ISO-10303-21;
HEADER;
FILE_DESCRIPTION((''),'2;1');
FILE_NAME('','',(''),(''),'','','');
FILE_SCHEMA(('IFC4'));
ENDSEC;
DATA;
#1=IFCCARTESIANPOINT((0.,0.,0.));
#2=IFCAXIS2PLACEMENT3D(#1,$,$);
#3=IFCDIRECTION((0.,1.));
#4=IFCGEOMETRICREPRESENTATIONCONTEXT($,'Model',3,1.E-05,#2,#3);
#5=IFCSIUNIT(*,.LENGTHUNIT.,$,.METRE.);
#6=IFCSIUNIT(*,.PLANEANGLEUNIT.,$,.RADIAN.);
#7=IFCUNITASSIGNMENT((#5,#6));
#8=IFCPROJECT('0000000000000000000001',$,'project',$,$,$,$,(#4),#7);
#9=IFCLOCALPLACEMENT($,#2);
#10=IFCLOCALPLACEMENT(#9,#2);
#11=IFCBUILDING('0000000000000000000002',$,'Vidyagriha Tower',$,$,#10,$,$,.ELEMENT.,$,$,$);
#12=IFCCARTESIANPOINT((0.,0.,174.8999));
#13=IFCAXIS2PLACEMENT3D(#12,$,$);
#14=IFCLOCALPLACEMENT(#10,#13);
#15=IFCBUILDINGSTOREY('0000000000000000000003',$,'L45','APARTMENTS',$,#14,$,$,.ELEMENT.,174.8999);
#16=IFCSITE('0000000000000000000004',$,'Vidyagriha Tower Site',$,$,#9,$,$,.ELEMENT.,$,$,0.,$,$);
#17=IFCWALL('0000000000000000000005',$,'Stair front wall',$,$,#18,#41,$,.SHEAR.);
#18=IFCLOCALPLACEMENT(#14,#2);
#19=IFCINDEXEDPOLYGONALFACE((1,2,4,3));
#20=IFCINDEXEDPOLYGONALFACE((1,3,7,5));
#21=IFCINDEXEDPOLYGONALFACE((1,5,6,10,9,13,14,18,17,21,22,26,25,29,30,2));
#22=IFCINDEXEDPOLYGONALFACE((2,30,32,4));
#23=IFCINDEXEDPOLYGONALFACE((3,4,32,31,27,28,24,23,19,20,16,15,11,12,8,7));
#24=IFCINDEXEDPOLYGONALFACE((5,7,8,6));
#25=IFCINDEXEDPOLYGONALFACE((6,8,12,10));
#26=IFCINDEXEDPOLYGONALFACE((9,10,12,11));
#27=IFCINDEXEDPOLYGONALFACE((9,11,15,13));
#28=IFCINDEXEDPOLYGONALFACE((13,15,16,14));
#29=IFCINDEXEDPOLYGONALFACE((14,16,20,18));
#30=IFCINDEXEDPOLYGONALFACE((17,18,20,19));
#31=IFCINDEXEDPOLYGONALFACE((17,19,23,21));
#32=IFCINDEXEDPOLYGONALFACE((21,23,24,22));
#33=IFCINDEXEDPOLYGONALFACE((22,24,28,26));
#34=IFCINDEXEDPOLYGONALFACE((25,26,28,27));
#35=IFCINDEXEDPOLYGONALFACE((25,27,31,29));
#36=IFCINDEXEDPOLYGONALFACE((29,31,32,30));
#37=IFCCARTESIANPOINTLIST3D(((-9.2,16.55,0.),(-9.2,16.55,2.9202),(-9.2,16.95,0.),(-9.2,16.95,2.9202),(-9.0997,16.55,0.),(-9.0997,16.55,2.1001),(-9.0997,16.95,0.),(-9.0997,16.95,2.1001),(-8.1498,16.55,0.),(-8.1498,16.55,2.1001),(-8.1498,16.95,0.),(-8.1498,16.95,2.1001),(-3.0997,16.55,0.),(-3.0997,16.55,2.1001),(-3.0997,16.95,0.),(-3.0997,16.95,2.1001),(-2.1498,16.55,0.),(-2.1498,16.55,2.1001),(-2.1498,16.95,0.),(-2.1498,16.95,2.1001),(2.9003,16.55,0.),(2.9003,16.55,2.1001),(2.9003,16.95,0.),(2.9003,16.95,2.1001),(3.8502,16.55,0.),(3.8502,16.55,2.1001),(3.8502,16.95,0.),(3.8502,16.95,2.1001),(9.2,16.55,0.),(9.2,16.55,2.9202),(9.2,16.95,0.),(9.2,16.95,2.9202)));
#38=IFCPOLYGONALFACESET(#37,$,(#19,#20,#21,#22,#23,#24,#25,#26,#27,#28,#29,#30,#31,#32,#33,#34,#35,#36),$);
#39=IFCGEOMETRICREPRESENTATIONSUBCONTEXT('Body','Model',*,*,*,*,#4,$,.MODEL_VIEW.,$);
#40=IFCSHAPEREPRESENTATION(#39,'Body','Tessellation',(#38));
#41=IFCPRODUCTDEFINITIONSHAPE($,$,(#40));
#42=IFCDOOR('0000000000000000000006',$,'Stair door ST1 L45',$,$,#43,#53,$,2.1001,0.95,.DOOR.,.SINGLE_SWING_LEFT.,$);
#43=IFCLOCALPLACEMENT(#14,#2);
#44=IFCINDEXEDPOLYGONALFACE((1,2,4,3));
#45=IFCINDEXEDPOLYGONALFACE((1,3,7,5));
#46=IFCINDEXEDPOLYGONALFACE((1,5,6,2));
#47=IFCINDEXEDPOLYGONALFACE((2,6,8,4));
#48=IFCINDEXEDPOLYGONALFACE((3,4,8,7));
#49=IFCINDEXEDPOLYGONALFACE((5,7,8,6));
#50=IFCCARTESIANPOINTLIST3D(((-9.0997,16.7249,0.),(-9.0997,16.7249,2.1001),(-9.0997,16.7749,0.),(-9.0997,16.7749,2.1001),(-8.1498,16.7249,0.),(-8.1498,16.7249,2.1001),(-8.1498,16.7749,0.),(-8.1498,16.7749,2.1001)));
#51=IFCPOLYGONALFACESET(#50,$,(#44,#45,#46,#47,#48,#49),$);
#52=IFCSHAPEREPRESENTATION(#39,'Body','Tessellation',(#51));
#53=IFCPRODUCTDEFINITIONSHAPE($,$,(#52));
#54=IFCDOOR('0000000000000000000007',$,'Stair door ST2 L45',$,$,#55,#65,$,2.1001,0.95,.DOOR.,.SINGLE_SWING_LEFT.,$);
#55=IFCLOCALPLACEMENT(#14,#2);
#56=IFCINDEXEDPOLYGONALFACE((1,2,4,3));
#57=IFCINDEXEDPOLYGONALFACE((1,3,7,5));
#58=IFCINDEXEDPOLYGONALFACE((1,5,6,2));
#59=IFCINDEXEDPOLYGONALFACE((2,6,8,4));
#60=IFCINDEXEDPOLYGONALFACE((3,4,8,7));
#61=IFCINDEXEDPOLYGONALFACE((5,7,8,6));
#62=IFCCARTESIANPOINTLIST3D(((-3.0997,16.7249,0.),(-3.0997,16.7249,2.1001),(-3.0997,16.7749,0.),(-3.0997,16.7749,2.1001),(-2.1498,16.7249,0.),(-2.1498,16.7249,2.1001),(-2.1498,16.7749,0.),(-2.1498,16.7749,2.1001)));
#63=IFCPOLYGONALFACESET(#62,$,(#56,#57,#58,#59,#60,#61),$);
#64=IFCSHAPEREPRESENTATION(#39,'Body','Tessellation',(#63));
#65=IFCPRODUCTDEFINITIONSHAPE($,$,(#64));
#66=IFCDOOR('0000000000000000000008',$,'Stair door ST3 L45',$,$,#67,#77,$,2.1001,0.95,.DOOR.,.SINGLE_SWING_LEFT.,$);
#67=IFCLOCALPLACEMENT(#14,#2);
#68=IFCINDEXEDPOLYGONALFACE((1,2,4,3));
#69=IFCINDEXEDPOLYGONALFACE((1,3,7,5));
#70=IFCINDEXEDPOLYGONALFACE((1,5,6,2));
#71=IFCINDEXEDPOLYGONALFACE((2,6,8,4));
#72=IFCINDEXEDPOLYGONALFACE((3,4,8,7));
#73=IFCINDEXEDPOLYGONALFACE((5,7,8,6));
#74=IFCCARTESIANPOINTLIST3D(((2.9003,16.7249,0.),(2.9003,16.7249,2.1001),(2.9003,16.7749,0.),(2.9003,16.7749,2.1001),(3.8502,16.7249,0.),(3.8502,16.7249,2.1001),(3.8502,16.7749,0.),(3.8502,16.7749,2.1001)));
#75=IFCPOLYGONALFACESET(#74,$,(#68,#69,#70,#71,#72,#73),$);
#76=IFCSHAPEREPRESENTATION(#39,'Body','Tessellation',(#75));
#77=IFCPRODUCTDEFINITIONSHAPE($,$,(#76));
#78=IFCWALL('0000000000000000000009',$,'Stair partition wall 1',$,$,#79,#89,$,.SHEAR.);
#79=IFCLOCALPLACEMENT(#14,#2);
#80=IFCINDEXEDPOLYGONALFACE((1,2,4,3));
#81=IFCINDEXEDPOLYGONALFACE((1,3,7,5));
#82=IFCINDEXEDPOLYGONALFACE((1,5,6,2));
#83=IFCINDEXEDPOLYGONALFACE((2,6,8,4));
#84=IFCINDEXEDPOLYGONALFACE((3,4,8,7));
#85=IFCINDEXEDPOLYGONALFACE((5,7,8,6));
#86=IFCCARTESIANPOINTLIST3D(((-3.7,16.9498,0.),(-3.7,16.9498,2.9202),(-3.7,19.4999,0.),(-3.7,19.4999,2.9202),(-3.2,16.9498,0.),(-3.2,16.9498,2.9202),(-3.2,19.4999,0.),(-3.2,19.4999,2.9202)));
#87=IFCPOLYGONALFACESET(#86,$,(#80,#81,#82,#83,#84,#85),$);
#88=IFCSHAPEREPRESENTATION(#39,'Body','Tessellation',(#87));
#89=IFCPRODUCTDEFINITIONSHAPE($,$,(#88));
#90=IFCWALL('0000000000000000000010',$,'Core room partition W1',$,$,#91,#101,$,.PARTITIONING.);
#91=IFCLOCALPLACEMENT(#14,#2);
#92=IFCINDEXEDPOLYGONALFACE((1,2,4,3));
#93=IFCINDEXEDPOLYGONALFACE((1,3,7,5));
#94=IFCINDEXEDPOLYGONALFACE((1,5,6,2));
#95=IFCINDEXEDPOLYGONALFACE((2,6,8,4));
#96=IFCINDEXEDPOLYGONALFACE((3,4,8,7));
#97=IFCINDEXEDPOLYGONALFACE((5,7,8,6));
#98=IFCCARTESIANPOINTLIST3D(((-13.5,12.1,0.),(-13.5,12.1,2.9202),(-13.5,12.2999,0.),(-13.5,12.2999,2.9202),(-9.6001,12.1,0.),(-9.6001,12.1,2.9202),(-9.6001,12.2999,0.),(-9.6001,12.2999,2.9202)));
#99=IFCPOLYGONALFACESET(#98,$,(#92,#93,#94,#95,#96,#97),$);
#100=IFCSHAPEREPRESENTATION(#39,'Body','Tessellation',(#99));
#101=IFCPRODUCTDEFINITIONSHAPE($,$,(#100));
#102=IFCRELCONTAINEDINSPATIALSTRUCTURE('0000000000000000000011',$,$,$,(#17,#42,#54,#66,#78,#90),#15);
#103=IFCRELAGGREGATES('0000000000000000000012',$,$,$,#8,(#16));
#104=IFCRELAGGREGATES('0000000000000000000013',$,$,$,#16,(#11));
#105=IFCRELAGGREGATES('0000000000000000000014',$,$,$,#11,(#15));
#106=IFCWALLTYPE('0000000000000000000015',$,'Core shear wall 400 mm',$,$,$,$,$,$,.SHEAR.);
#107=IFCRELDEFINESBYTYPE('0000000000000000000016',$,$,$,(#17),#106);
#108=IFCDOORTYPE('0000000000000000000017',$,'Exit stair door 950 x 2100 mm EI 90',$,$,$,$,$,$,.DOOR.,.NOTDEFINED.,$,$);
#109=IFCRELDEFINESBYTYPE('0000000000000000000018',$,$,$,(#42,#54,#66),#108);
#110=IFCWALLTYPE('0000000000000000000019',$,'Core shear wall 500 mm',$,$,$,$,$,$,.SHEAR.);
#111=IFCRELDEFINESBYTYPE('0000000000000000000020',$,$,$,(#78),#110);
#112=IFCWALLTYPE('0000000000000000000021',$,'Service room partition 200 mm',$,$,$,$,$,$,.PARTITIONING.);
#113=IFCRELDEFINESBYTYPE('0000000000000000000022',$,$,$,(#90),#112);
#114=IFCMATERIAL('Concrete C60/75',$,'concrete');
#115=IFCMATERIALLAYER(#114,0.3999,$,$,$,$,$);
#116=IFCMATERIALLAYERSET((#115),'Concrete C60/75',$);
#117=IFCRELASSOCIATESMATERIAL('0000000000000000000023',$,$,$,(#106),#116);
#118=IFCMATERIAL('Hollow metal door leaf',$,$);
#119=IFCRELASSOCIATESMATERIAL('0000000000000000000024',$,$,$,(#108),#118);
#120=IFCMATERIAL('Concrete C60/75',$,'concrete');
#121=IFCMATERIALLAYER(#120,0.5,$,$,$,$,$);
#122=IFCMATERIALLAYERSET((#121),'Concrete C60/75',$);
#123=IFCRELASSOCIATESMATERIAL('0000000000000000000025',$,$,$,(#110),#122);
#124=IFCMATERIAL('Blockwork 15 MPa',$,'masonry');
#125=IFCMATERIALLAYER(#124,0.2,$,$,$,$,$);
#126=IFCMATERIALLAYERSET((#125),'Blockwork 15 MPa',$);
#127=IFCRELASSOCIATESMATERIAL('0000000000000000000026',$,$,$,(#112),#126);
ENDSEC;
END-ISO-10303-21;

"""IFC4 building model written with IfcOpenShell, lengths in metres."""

from ifc_helpers import new_model, si_unit, direction, frame, frame_2d, origin, place, context, subcontext, project, spatial, rectangle, extrude, material, layer, layer_set, type_object, element, fill, save


model = new_model("IFC4")

# Units and contexts
model_context = context("Model", 3, precision=1e-05, world=origin(), true_north=direction((0.0, 1.0)))
body_context = subcontext(model_context, "Body", "Model", "MODEL_VIEW")
ifc_project = project(units=[si_unit("LENGTHUNIT", "METRE"), si_unit("PLANEANGLEUNIT", "RADIAN")], contexts=[model_context])

# Site, building, storey
site_placement = place(None, origin())
site = spatial("IfcSite", under=ifc_project, at=site_placement, Name="Vidyagriha Tower Site", CompositionType="ELEMENT", RefElevation=0.0)
building_placement = place(site_placement, origin())
building = spatial("IfcBuilding", under=site, at=building_placement, Name="Vidyagriha Tower", CompositionType="ELEMENT")
storey_placement = place(building_placement, frame((0.0, 0.0, 174.8999)))
storey = spatial("IfcBuildingStorey", under=building, at=storey_placement, Name="L45", Description="APARTMENTS", CompositionType="ELEMENT", Elevation=174.8999)

# Shared definitions
ifc_material_1 = material(Name="Concrete C60/75", Category="concrete")
ifc_layer_1 = layer(ifc_material_1, 0.3999)
ifc_layer_set_1 = layer_set([ifc_layer_1], Name="Concrete C60/75")
wall_type_1 = type_object("IfcWallType", Name="Core shear wall 400 mm", PredefinedType="SHEAR", material=ifc_layer_set_1)

# Wall, openings, doors
wall_1_placement = place(storey_placement, frame((-9.2, 16.75, 0.0)))
wall_1 = element("IfcWall", 1, at=wall_1_placement, inside=storey, type_object=wall_type_1, Name="Stair front wall", PredefinedType="SHEAR", context=body_context, shape_type="SweptSolid", body=[
    extrude(rectangle(XDim=18.3999, YDim=0.3999, at=frame_2d((9.2, 0.0))), origin(), (0.0, 0.0, 1.0), 2.9202),
])
opening_1_placement = place(wall_1_placement, frame((0.1001, 0.0, 0.0)))
opening_1 = element("IfcOpeningElement", 2, at=opening_1_placement, cuts=wall_1, PredefinedType="OPENING", context=body_context, shape_type="SweptSolid", body=[
    extrude(rectangle(XDim=0.95, YDim=2.1001, at=frame_2d((0.4751, 1.05))), frame((0.0, 0.21, 0.0), z_axis=(0.0, -1.0, 0.0), x_axis=(1.0, 0.0, 0.0)), (0.0, 0.0, 1.0), 0.4199),
])
opening_2_placement = place(wall_1_placement, frame((6.1001, 0.0, 0.0)))
opening_2 = element("IfcOpeningElement", 3, at=opening_2_placement, cuts=wall_1, PredefinedType="OPENING", context=body_context, shape_type="SweptSolid", body=[
    extrude(rectangle(XDim=0.95, YDim=2.1001, at=frame_2d((0.4751, 1.05))), frame((0.0, 0.21, 0.0), z_axis=(0.0, -1.0, 0.0), x_axis=(1.0, 0.0, 0.0)), (0.0, 0.0, 1.0), 0.4199),
])
opening_3_placement = place(wall_1_placement, frame((12.1001, 0.0, 0.0)))
opening_3 = element("IfcOpeningElement", 4, at=opening_3_placement, cuts=wall_1, PredefinedType="OPENING", context=body_context, shape_type="SweptSolid", body=[
    extrude(rectangle(XDim=0.95, YDim=2.1001, at=frame_2d((0.4751, 1.05))), frame((0.0, 0.21, 0.0), z_axis=(0.0, -1.0, 0.0), x_axis=(1.0, 0.0, 0.0)), (0.0, 0.0, 1.0), 0.4199),
])
ifc_material_2 = material(Name="Hollow metal door leaf")
door_type_1 = type_object("IfcDoorType", Name="Exit stair door 950 x 2100 mm EI 90", OperationType="NOTDEFINED", PredefinedType="DOOR", material=ifc_material_2)
door_1_placement = place(opening_1_placement, origin())
door_1 = element("IfcDoor", 5, at=door_1_placement, inside=storey, type_object=door_type_1, Name="Stair door ST1 L45", OperationType="SINGLE_SWING_LEFT", OverallHeight=2.1001, OverallWidth=0.95, PredefinedType="DOOR", context=body_context, shape_type="SweptSolid", body=[
    extrude(rectangle(XDim=0.95, YDim=2.1001, at=frame_2d((0.4751, 1.05))), frame((0.0, 0.0249, 0.0), z_axis=(0.0, -1.0, 0.0), x_axis=(1.0, 0.0, 0.0)), (0.0, 0.0, 1.0), 0.05),
])
fill(opening_1, door_1)
door_2_placement = place(opening_2_placement, origin())
door_2 = element("IfcDoor", 6, at=door_2_placement, inside=storey, type_object=door_type_1, Name="Stair door ST2 L45", OperationType="SINGLE_SWING_LEFT", OverallHeight=2.1001, OverallWidth=0.95, PredefinedType="DOOR", context=body_context, shape_type="SweptSolid", body=[
    extrude(rectangle(XDim=0.95, YDim=2.1001, at=frame_2d((0.4751, 1.05))), frame((0.0, 0.0249, 0.0), z_axis=(0.0, -1.0, 0.0), x_axis=(1.0, 0.0, 0.0)), (0.0, 0.0, 1.0), 0.05),
])
fill(opening_2, door_2)
door_3_placement = place(opening_3_placement, origin())
door_3 = element("IfcDoor", 7, at=door_3_placement, inside=storey, type_object=door_type_1, Name="Stair door ST3 L45", OperationType="SINGLE_SWING_LEFT", OverallHeight=2.1001, OverallWidth=0.95, PredefinedType="DOOR", context=body_context, shape_type="SweptSolid", body=[
    extrude(rectangle(XDim=0.95, YDim=2.1001, at=frame_2d((0.4751, 1.05))), frame((0.0, 0.0249, 0.0), z_axis=(0.0, -1.0, 0.0), x_axis=(1.0, 0.0, 0.0)), (0.0, 0.0, 1.0), 0.05),
])
fill(opening_3, door_3)

# Walls
ifc_material_3 = material(Name="Concrete C60/75", Category="concrete")
ifc_layer_2 = layer(ifc_material_3, 0.5)
ifc_layer_set_2 = layer_set([ifc_layer_2], Name="Concrete C60/75")
wall_type_2 = type_object("IfcWallType", Name="Core shear wall 500 mm", PredefinedType="SHEAR", material=ifc_layer_set_2)
wall_2_placement = place(storey_placement, frame((-3.45, 16.95, 0.0), z_axis=(0.0, 0.0, 1.0), x_axis=(0.0, 1.0, 0.0)))
element("IfcWall", 8, at=wall_2_placement, inside=storey, type_object=wall_type_2, Name="Stair partition wall 1", PredefinedType="SHEAR", context=body_context, shape_type="SweptSolid", body=[
    extrude(rectangle(XDim=2.55, YDim=0.5, at=frame_2d((1.2749, 0.0))), origin(), (0.0, 0.0, 1.0), 2.9202),
])
ifc_material_4 = material(Name="Blockwork 15 MPa", Category="masonry")
ifc_layer_3 = layer(ifc_material_4, 0.2)
ifc_layer_set_3 = layer_set([ifc_layer_3], Name="Blockwork 15 MPa")
wall_type_3 = type_object("IfcWallType", Name="Service room partition 200 mm", PredefinedType="PARTITIONING", material=ifc_layer_set_3)
wall_3_placement = place(storey_placement, frame((-13.5, 12.2, 0.0)))
element("IfcWall", 9, at=wall_3_placement, inside=storey, type_object=wall_type_3, Name="Core room partition W1", PredefinedType="PARTITIONING", context=body_context, shape_type="SweptSolid", body=[
    extrude(rectangle(XDim=3.8999, YDim=0.2, at=frame_2d((1.95, 0.0))), origin(), (0.0, 0.0, 1.0), 2.9202),
])

save(model, "model.ifc")
